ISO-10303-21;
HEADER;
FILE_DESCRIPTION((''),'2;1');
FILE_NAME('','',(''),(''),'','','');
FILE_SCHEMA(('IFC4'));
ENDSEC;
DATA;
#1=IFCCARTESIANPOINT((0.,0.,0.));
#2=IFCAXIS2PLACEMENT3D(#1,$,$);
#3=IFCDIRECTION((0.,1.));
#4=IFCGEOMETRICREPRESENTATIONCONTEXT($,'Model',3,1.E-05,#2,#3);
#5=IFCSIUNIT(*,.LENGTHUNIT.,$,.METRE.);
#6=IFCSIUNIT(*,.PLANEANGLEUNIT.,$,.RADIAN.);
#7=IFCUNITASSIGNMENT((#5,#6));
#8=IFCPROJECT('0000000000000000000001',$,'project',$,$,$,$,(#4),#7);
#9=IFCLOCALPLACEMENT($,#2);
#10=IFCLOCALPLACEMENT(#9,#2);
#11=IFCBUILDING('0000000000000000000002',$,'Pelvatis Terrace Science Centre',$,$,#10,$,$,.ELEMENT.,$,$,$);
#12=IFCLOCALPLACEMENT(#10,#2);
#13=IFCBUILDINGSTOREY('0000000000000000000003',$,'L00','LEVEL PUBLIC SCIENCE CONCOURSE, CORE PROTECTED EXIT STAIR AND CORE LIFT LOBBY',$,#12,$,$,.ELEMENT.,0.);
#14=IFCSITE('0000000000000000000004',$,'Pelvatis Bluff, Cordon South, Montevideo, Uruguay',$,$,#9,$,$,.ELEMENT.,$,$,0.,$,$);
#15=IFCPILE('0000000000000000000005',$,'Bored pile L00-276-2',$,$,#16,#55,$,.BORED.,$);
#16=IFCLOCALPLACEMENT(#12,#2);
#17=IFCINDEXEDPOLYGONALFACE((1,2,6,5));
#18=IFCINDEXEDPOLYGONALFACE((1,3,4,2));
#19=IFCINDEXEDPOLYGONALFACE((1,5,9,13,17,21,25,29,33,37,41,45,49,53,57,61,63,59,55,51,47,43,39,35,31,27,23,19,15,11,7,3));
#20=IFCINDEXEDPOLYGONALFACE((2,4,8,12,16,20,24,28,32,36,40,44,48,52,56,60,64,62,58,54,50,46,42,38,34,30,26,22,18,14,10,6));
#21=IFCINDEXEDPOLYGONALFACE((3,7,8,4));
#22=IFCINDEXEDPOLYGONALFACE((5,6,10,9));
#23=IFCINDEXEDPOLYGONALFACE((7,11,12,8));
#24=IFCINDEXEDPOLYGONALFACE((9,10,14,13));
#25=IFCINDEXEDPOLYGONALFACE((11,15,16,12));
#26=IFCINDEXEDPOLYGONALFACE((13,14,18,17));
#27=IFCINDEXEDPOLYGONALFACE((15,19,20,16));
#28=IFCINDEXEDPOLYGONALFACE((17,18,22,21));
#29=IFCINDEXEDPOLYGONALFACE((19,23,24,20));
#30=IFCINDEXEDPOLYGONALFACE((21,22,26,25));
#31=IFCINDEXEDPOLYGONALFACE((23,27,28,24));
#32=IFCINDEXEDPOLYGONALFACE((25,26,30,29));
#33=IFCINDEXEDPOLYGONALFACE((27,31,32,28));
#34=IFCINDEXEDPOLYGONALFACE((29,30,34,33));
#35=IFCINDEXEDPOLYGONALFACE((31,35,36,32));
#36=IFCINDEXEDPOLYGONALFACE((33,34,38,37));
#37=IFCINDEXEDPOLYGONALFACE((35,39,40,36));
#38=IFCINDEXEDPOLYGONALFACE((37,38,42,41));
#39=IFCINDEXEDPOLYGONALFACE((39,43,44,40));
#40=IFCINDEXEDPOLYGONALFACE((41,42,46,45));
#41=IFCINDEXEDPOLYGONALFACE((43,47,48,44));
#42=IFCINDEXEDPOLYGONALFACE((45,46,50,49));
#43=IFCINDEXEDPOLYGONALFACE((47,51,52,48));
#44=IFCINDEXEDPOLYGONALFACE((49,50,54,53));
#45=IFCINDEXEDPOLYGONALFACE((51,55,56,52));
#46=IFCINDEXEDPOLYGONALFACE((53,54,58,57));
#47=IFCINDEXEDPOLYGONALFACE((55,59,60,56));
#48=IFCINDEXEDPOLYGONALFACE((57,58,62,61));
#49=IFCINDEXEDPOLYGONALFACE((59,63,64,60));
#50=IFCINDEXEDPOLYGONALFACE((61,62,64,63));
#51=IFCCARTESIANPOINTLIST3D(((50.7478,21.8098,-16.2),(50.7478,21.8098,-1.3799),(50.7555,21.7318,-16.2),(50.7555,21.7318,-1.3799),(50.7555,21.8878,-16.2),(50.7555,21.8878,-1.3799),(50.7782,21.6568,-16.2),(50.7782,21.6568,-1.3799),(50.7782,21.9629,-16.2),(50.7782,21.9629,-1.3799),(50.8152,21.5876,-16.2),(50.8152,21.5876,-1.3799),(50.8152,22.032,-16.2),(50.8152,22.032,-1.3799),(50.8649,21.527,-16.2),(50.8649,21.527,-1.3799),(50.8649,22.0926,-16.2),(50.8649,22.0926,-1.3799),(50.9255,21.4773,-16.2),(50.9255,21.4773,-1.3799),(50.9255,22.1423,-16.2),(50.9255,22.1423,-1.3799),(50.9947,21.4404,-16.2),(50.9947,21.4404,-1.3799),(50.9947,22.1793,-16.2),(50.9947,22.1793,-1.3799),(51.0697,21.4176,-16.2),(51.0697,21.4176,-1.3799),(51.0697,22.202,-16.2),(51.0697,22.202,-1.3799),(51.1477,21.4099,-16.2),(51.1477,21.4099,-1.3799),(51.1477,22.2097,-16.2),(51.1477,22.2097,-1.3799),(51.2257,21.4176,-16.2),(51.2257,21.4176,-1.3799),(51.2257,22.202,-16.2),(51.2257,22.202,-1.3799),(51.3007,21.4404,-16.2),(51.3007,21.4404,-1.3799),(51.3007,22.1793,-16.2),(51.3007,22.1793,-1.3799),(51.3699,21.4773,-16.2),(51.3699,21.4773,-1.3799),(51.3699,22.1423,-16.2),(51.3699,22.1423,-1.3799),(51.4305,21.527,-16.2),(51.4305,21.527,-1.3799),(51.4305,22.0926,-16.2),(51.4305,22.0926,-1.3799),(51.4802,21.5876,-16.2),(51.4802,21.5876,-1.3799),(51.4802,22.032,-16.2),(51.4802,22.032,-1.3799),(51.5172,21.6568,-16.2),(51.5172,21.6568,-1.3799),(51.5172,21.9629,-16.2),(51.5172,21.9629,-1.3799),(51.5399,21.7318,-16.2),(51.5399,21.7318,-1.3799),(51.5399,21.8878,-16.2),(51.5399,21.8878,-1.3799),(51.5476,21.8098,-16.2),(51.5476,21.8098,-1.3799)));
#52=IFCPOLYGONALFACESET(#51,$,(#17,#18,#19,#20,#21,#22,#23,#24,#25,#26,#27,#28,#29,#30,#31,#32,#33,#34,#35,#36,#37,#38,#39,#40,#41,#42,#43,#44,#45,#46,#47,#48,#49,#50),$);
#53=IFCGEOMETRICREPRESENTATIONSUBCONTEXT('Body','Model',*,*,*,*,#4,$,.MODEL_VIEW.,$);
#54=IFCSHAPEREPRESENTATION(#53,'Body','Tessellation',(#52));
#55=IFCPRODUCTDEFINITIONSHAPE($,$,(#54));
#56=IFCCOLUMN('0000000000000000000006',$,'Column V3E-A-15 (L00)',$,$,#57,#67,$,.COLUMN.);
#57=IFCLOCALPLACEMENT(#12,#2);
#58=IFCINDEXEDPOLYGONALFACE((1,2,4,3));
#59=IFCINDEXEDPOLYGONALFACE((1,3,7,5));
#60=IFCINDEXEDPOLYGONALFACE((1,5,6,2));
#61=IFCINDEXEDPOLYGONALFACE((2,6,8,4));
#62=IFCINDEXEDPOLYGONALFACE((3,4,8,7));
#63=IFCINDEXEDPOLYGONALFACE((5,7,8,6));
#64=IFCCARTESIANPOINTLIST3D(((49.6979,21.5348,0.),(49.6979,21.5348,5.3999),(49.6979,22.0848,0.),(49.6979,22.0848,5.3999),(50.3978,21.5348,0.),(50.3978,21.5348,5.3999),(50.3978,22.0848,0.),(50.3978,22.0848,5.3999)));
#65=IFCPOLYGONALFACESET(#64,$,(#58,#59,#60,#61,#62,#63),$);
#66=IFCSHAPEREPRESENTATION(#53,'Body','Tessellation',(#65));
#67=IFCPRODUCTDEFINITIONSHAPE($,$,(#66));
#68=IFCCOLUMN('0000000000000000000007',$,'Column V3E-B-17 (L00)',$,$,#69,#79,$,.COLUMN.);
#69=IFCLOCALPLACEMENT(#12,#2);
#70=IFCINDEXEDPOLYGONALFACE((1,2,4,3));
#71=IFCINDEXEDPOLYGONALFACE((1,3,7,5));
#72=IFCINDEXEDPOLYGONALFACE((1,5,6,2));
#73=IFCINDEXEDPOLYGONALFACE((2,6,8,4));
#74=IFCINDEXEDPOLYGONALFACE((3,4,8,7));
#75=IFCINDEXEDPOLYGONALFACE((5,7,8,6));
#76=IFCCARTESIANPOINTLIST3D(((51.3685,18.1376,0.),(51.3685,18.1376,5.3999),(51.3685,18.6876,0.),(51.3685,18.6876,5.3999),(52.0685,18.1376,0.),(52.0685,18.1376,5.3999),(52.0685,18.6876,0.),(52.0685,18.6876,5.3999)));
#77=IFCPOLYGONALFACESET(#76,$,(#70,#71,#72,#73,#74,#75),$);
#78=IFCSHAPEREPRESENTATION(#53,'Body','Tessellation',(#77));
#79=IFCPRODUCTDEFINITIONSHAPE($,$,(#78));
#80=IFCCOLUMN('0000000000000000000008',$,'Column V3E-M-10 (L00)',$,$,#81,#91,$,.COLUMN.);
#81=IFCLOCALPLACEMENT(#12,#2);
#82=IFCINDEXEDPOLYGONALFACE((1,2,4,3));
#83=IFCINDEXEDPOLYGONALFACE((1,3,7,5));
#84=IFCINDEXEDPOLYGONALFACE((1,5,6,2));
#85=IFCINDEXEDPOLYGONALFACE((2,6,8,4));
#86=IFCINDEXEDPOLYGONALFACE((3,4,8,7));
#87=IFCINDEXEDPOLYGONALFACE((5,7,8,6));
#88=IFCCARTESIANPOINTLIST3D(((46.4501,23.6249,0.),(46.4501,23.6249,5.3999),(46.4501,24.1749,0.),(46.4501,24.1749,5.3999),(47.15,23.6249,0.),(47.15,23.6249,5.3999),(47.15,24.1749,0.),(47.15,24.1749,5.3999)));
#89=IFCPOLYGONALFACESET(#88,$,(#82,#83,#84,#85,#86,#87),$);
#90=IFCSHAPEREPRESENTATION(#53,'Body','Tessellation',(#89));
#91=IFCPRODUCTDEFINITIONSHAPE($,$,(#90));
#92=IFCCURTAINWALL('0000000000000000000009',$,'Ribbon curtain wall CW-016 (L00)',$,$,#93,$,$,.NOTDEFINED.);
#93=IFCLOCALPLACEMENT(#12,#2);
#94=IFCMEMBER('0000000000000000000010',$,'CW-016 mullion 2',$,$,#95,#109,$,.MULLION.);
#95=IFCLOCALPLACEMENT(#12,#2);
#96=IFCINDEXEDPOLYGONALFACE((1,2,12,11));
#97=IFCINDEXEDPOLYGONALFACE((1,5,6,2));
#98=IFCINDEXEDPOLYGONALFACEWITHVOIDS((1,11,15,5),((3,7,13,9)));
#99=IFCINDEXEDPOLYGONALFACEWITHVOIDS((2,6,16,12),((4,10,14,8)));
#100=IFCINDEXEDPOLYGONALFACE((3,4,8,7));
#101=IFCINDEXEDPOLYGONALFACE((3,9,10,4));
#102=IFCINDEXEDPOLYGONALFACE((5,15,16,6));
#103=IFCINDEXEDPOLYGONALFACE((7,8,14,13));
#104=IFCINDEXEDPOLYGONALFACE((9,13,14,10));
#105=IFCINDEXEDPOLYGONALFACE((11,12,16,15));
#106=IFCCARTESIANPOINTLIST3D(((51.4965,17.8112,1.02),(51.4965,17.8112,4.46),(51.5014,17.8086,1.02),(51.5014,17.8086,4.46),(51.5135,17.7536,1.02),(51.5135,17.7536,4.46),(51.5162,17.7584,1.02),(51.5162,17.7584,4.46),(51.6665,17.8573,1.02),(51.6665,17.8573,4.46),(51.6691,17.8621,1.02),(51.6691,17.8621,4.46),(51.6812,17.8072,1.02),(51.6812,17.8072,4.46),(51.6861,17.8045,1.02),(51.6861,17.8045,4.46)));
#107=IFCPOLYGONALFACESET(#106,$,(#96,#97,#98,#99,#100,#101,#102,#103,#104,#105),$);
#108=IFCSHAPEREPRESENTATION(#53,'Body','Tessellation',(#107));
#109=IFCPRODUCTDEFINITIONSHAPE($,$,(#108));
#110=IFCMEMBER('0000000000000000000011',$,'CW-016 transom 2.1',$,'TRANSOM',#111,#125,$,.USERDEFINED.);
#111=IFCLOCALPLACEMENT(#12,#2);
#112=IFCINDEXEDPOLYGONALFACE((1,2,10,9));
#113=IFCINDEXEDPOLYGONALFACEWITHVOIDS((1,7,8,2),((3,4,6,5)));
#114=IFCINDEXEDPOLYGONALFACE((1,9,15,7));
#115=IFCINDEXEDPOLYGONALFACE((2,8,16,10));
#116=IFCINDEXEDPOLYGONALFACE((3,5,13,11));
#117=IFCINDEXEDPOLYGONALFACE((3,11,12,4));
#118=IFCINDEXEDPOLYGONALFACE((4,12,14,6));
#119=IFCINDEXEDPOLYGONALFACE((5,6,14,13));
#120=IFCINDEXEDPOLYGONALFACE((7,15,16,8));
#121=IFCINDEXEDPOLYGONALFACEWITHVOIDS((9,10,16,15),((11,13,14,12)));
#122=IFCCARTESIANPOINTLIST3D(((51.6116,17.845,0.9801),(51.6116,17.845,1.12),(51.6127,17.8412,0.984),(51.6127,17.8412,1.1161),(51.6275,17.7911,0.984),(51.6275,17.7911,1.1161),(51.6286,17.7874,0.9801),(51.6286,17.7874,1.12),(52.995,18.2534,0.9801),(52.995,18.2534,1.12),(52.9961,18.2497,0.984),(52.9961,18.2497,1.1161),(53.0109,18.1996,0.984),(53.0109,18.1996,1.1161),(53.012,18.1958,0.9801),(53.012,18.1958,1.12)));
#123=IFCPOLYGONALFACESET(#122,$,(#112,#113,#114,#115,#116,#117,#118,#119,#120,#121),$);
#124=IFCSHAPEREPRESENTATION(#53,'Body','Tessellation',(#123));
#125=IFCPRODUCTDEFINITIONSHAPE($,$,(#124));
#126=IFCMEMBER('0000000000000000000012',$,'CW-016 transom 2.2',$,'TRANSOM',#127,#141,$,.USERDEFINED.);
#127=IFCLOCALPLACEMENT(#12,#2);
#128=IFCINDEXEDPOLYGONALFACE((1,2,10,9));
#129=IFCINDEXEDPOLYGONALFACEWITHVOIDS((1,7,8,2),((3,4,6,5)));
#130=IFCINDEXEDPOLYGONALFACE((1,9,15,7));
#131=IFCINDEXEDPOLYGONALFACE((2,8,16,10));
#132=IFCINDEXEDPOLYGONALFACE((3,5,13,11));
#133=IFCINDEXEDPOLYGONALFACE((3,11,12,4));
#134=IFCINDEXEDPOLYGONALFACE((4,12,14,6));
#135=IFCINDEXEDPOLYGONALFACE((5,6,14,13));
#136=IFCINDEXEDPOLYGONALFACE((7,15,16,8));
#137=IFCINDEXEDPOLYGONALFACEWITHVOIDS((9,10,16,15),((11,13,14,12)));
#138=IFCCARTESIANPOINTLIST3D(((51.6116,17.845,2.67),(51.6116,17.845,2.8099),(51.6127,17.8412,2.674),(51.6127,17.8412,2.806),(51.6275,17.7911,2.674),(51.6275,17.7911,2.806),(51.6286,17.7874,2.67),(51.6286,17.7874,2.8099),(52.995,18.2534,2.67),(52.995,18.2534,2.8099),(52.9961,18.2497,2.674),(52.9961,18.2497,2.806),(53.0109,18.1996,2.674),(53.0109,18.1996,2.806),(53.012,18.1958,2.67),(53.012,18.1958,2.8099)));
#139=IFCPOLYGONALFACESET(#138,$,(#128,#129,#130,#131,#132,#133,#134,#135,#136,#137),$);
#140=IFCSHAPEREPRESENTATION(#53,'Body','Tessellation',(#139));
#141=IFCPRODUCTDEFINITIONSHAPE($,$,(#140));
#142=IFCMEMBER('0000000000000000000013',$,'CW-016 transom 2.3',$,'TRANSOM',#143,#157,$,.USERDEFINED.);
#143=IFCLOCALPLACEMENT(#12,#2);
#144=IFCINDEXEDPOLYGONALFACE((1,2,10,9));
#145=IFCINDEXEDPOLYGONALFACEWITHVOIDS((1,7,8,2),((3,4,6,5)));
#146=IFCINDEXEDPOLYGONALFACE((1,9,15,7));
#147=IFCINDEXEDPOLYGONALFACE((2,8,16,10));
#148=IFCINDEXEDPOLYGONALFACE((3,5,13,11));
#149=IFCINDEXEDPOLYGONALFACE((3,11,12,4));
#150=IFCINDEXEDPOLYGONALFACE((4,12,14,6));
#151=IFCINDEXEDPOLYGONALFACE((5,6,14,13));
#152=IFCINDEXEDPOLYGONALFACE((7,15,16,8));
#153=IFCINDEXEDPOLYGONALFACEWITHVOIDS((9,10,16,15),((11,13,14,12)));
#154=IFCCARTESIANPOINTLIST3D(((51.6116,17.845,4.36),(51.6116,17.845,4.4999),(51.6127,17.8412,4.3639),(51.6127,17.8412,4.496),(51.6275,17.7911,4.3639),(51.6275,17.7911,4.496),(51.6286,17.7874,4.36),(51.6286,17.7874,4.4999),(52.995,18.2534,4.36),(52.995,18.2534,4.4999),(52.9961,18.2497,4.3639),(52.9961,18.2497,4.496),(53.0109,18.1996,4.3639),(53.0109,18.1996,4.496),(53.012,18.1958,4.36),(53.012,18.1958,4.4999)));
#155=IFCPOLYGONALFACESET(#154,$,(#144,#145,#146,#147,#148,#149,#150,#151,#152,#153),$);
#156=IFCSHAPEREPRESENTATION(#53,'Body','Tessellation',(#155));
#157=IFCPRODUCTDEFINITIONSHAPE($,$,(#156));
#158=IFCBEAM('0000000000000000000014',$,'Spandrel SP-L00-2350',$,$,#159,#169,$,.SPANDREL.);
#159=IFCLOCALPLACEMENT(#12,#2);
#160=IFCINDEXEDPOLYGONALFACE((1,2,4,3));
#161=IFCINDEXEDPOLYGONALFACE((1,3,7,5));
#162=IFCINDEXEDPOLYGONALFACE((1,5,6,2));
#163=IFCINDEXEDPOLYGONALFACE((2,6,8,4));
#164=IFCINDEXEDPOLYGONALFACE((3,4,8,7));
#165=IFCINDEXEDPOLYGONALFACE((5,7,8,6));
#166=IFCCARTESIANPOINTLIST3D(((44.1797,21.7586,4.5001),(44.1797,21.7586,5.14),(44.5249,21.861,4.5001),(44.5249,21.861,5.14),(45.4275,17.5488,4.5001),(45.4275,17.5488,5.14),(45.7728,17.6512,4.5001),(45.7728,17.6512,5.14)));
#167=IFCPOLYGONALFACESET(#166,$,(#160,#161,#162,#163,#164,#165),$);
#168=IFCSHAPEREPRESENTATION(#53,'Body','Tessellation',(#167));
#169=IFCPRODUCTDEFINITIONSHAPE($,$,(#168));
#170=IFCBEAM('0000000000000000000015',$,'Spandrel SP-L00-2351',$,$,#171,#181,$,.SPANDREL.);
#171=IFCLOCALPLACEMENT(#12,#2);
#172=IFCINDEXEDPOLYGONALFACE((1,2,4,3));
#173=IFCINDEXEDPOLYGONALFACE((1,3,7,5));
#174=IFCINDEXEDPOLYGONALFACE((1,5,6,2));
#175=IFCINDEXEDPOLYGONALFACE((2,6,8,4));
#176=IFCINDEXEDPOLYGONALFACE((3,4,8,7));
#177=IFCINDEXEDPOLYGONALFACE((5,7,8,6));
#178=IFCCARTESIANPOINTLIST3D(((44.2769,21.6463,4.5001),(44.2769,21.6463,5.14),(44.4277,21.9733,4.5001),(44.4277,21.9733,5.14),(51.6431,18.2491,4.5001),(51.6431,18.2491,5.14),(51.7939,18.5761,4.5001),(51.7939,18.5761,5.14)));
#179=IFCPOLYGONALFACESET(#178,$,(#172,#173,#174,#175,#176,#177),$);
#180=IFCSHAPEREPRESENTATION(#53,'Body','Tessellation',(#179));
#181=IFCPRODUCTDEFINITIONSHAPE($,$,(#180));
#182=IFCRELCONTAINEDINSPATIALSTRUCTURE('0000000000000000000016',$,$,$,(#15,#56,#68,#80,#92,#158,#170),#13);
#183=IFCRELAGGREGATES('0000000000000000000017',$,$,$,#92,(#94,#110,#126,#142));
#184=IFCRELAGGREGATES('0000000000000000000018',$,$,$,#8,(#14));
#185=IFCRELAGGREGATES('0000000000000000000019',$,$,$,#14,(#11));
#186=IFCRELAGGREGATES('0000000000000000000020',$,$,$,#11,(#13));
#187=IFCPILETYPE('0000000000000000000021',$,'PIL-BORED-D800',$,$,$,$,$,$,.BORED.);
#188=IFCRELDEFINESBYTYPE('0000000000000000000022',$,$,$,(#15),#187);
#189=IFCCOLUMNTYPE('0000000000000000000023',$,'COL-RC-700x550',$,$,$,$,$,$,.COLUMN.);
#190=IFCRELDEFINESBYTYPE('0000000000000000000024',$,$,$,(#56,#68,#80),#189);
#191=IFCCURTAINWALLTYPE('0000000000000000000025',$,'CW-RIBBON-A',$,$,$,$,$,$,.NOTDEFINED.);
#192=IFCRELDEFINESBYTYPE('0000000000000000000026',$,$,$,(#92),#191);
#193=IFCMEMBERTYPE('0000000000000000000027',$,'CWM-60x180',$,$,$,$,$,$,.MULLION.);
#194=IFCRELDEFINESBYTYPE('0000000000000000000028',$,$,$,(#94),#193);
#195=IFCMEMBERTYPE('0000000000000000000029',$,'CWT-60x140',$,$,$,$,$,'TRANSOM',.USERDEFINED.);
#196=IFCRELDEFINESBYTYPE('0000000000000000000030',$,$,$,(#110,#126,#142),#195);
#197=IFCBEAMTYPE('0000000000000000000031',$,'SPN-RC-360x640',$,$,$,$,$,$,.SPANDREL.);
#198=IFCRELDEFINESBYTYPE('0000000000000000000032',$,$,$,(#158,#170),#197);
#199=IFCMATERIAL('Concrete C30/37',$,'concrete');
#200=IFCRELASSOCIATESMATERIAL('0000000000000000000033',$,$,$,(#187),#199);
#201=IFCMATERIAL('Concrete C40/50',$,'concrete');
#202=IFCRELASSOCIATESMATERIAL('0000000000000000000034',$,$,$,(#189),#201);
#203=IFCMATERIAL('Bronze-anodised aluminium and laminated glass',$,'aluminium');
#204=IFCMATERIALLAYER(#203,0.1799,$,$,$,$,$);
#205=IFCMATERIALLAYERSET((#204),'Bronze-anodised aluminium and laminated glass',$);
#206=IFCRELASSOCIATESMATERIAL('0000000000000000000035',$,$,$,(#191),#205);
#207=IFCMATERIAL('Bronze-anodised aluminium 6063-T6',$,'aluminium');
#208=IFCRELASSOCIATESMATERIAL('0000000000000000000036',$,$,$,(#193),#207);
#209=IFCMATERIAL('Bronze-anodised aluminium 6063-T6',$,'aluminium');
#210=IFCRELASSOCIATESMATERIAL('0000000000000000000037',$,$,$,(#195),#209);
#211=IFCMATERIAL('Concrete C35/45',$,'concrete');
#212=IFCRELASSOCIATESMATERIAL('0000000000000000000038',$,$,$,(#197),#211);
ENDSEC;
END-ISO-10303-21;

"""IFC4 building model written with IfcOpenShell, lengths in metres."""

from ifc_helpers import new_model, si_unit, direction, frame, origin, origin_2d, place, context, subcontext, project, spatial, rectangle, hollow_rectangle, circle, extrude, material, layer, layer_set, material_profile, profile_set, type_object, element, aggregate, save


model = new_model("IFC4")

# Units and contexts
model_context = context("Model", 3, precision=1e-05, world=origin(), true_north=direction((0.0, 1.0)))
body_context = subcontext(model_context, "Body", "Model", "MODEL_VIEW")
ifc_project = project(units=[si_unit("LENGTHUNIT", "METRE"), si_unit("PLANEANGLEUNIT", "RADIAN")], contexts=[model_context])

# Site, building, storey
site_placement = place(None, origin())
site = spatial("IfcSite", under=ifc_project, at=site_placement, Name="Pelvatis Bluff, Cordon South, Montevideo, Uruguay", CompositionType="ELEMENT", RefElevation=0.0)
building_placement = place(site_placement, origin())
building = spatial("IfcBuilding", under=site, at=building_placement, Name="Pelvatis Terrace Science Centre", CompositionType="ELEMENT")
storey_placement = place(building_placement, origin())
storey = spatial("IfcBuildingStorey", under=building, at=storey_placement, Name="L00", Description="LEVEL PUBLIC SCIENCE CONCOURSE, CORE PROTECTED EXIT STAIR AND CORE LIFT LOBBY", CompositionType="ELEMENT", Elevation=0.0)

# Pile
ifc_material_1 = material(Name="Concrete C30/37", Category="concrete")
ifc_material_profile_1 = material_profile(ifc_material_1, circle(Radius=0.3999, at=origin_2d()), Name="PILE D800")
ifc_profile_set_1 = profile_set([ifc_material_profile_1], Name="Concrete C30/37")
pile_type = type_object("IfcPileType", Name="PIL-BORED-D800", PredefinedType="BORED", material=ifc_profile_set_1)
for number, where, z_axis, x_axis, name in (
    (1, (51.1477, 21.8098, -1.3799), (0.0, 0.0, -1.0), (1.0, 0.0, 0.0), "Bored pile L00-276-2"),
):
    element("IfcPile", number, at=place(storey_placement, frame(where, z_axis=z_axis, x_axis=x_axis)), inside=storey, type_object=pile_type, Name=name, PredefinedType="BORED", context=body_context, shape_type="SweptSolid", body=[
        extrude(circle(Radius=0.3999, at=origin_2d()), origin(), (0.0, 0.0, 1.0), 14.8201),
    ])

# Columns
ifc_material_2 = material(Name="Concrete C40/50", Category="concrete")
ifc_material_profile_2 = material_profile(ifc_material_2, rectangle(XDim=0.7, YDim=0.55, at=origin_2d()), Name="RC-COL 700x550")
ifc_profile_set_2 = profile_set([ifc_material_profile_2], Name="Concrete C40/50")
column_type = type_object("IfcColumnType", Name="COL-RC-700x550", PredefinedType="COLUMN", material=ifc_profile_set_2)
for number, where, z_axis, x_axis, name in (
    (2, (50.0479, 21.8098, 0.0), (0.0, 0.0, 1.0), (1.0, 0.0, 0.0), "Column V3E-A-15 (L00)"),
    (3, (51.7185, 18.4126, 0.0), (0.0, 0.0, 1.0), (1.0, 0.0, 0.0), "Column V3E-B-17 (L00)"),
    (4, (46.8, 23.8999, 0.0), (0.0, 0.0, 1.0), (1.0, 0.0, 0.0), "Column V3E-M-10 (L00)"),
):
    element("IfcColumn", number, at=place(storey_placement, frame(where, z_axis=z_axis, x_axis=x_axis)), inside=storey, type_object=column_type, Name=name, PredefinedType="COLUMN", context=body_context, shape_type="SweptSolid", body=[
        extrude(rectangle(XDim=0.7, YDim=0.55, at=origin_2d()), origin(), (0.0, 0.0, 1.0), 5.3999),
    ])

# Curtain wall, members
ifc_material_3 = material(Name="Bronze-anodised aluminium and laminated glass", Category="aluminium")
ifc_layer_1 = layer(ifc_material_3, 0.1799)
ifc_layer_set_1 = layer_set([ifc_layer_1], Name="Bronze-anodised aluminium and laminated glass")
curtain_wall_type = type_object("IfcCurtainWallType", Name="CW-RIBBON-A", PredefinedType="NOTDEFINED", material=ifc_layer_set_1)
curtain_wall_placement = place(storey_placement, origin())
curtain_wall = element("IfcCurtainWall", 5, at=curtain_wall_placement, inside=storey, type_object=curtain_wall_type, Name="Ribbon curtain wall CW-016 (L00)", PredefinedType="NOTDEFINED")
ifc_material_4 = material(Name="Bronze-anodised aluminium 6063-T6", Category="aluminium")
ifc_material_profile_3 = material_profile(ifc_material_4, hollow_rectangle(XDim=0.0601, YDim=0.1799, WallThickness=0.0039, at=origin_2d()), Name="ALU-MUL 60x180")
ifc_profile_set_3 = profile_set([ifc_material_profile_3], Name="Bronze-anodised aluminium 6063-T6")
member_type_1 = type_object("IfcMemberType", Name="CWM-60x180", PredefinedType="MULLION", material=ifc_profile_set_3)
member_1_placement = place(storey_placement, frame((51.5913, 17.8079, 1.02), z_axis=(0.0, 0.0, 1.0), x_axis=(-0.283092, 0.959093, 0.0)))
member_1 = element("IfcMember", 6, at=member_1_placement, type_object=member_type_1, Name="CW-016 mullion 2", PredefinedType="MULLION", context=body_context, shape_type="SweptSolid", body=[
    extrude(hollow_rectangle(XDim=0.0601, YDim=0.1799, WallThickness=0.0039, at=origin_2d()), origin(), (0.0, 0.0, 1.0), 3.4399),
])
ifc_material_5 = material(Name="Bronze-anodised aluminium 6063-T6", Category="aluminium")
ifc_material_profile_4 = material_profile(ifc_material_5, hollow_rectangle(XDim=0.0601, YDim=0.1399, WallThickness=0.0039, at=origin_2d()), Name="ALU-TRN 60x140")
ifc_profile_set_4 = profile_set([ifc_material_profile_4], Name="Bronze-anodised aluminium 6063-T6")
member_type_2 = type_object("IfcMemberType", Name="CWT-60x140", ElementType="TRANSOM", PredefinedType="USERDEFINED", material=ifc_profile_set_4)
member_2_placement = place(storey_placement, frame((51.6201, 17.8162, 1.05), z_axis=(0.959066, 0.283183, 0.0), x_axis=(-0.283183, 0.959066, 0.0)))
member_2 = element("IfcMember", 7, at=member_2_placement, type_object=member_type_2, Name="CW-016 transom 2.1", ObjectType="TRANSOM", PredefinedType="USERDEFINED", context=body_context, shape_type="SweptSolid", body=[
    extrude(hollow_rectangle(XDim=0.0601, YDim=0.1399, WallThickness=0.0039, at=origin_2d()), origin(), (0.0, 0.0, 1.0), 1.4424),
])
member_3_placement = place(storey_placement, frame((51.6201, 17.8162, 2.74), z_axis=(0.959066, 0.283183, 0.0), x_axis=(-0.283183, 0.959066, 0.0)))
member_3 = element("IfcMember", 8, at=member_3_placement, type_object=member_type_2, Name="CW-016 transom 2.2", ObjectType="TRANSOM", PredefinedType="USERDEFINED", context=body_context, shape_type="SweptSolid", body=[
    extrude(hollow_rectangle(XDim=0.0601, YDim=0.1399, WallThickness=0.0039, at=origin_2d()), origin(), (0.0, 0.0, 1.0), 1.4424),
])
member_4_placement = place(storey_placement, frame((51.6201, 17.8162, 4.4299), z_axis=(0.959066, 0.283183, 0.0), x_axis=(-0.283183, 0.959066, 0.0)))
member_4 = element("IfcMember", 9, at=member_4_placement, type_object=member_type_2, Name="CW-016 transom 2.3", ObjectType="TRANSOM", PredefinedType="USERDEFINED", context=body_context, shape_type="SweptSolid", body=[
    extrude(hollow_rectangle(XDim=0.0601, YDim=0.1399, WallThickness=0.0039, at=origin_2d()), origin(), (0.0, 0.0, 1.0), 1.4424),
])
aggregate(curtain_wall, [member_1, member_2, member_3, member_4])

# Beams
ifc_material_6 = material(Name="Concrete C35/45", Category="concrete")
ifc_material_profile_5 = material_profile(ifc_material_6, rectangle(XDim=0.3601, YDim=0.6399, at=origin_2d()), Name="RC-SPN 360x640")
ifc_profile_set_5 = profile_set([ifc_material_profile_5], Name="Concrete C35/45")
beam_type = type_object("IfcBeamType", Name="SPN-RC-360x640", PredefinedType="SPANDREL", material=ifc_profile_set_5)
beam_1_placement = place(storey_placement, frame((44.3523, 21.8098, 4.8201), z_axis=(0.284189, -0.958768, 0.0), x_axis=(0.958768, 0.284189, 0.0)))
element("IfcBeam", 10, at=beam_1_placement, inside=storey, type_object=beam_type, Name="Spandrel SP-L00-2350", PredefinedType="SPANDREL", context=body_context, shape_type="SweptSolid", body=[
    extrude(rectangle(XDim=0.3601, YDim=0.6399, at=origin_2d()), origin(), (0.0, 0.0, 1.0), 4.3909),
])
beam_2_placement = place(storey_placement, frame((44.3523, 21.8098, 4.8201), z_axis=(0.90808, -0.418797, 0.0), x_axis=(0.418797, 0.90808, 0.0)))
element("IfcBeam", 11, at=beam_2_placement, inside=storey, type_object=beam_type, Name="Spandrel SP-L00-2351", PredefinedType="SPANDREL", context=body_context, shape_type="SweptSolid", body=[
    extrude(rectangle(XDim=0.3601, YDim=0.6399, at=origin_2d()), origin(), (0.0, 0.0, 1.0), 8.1118),
])

save(model, "model.ifc")
